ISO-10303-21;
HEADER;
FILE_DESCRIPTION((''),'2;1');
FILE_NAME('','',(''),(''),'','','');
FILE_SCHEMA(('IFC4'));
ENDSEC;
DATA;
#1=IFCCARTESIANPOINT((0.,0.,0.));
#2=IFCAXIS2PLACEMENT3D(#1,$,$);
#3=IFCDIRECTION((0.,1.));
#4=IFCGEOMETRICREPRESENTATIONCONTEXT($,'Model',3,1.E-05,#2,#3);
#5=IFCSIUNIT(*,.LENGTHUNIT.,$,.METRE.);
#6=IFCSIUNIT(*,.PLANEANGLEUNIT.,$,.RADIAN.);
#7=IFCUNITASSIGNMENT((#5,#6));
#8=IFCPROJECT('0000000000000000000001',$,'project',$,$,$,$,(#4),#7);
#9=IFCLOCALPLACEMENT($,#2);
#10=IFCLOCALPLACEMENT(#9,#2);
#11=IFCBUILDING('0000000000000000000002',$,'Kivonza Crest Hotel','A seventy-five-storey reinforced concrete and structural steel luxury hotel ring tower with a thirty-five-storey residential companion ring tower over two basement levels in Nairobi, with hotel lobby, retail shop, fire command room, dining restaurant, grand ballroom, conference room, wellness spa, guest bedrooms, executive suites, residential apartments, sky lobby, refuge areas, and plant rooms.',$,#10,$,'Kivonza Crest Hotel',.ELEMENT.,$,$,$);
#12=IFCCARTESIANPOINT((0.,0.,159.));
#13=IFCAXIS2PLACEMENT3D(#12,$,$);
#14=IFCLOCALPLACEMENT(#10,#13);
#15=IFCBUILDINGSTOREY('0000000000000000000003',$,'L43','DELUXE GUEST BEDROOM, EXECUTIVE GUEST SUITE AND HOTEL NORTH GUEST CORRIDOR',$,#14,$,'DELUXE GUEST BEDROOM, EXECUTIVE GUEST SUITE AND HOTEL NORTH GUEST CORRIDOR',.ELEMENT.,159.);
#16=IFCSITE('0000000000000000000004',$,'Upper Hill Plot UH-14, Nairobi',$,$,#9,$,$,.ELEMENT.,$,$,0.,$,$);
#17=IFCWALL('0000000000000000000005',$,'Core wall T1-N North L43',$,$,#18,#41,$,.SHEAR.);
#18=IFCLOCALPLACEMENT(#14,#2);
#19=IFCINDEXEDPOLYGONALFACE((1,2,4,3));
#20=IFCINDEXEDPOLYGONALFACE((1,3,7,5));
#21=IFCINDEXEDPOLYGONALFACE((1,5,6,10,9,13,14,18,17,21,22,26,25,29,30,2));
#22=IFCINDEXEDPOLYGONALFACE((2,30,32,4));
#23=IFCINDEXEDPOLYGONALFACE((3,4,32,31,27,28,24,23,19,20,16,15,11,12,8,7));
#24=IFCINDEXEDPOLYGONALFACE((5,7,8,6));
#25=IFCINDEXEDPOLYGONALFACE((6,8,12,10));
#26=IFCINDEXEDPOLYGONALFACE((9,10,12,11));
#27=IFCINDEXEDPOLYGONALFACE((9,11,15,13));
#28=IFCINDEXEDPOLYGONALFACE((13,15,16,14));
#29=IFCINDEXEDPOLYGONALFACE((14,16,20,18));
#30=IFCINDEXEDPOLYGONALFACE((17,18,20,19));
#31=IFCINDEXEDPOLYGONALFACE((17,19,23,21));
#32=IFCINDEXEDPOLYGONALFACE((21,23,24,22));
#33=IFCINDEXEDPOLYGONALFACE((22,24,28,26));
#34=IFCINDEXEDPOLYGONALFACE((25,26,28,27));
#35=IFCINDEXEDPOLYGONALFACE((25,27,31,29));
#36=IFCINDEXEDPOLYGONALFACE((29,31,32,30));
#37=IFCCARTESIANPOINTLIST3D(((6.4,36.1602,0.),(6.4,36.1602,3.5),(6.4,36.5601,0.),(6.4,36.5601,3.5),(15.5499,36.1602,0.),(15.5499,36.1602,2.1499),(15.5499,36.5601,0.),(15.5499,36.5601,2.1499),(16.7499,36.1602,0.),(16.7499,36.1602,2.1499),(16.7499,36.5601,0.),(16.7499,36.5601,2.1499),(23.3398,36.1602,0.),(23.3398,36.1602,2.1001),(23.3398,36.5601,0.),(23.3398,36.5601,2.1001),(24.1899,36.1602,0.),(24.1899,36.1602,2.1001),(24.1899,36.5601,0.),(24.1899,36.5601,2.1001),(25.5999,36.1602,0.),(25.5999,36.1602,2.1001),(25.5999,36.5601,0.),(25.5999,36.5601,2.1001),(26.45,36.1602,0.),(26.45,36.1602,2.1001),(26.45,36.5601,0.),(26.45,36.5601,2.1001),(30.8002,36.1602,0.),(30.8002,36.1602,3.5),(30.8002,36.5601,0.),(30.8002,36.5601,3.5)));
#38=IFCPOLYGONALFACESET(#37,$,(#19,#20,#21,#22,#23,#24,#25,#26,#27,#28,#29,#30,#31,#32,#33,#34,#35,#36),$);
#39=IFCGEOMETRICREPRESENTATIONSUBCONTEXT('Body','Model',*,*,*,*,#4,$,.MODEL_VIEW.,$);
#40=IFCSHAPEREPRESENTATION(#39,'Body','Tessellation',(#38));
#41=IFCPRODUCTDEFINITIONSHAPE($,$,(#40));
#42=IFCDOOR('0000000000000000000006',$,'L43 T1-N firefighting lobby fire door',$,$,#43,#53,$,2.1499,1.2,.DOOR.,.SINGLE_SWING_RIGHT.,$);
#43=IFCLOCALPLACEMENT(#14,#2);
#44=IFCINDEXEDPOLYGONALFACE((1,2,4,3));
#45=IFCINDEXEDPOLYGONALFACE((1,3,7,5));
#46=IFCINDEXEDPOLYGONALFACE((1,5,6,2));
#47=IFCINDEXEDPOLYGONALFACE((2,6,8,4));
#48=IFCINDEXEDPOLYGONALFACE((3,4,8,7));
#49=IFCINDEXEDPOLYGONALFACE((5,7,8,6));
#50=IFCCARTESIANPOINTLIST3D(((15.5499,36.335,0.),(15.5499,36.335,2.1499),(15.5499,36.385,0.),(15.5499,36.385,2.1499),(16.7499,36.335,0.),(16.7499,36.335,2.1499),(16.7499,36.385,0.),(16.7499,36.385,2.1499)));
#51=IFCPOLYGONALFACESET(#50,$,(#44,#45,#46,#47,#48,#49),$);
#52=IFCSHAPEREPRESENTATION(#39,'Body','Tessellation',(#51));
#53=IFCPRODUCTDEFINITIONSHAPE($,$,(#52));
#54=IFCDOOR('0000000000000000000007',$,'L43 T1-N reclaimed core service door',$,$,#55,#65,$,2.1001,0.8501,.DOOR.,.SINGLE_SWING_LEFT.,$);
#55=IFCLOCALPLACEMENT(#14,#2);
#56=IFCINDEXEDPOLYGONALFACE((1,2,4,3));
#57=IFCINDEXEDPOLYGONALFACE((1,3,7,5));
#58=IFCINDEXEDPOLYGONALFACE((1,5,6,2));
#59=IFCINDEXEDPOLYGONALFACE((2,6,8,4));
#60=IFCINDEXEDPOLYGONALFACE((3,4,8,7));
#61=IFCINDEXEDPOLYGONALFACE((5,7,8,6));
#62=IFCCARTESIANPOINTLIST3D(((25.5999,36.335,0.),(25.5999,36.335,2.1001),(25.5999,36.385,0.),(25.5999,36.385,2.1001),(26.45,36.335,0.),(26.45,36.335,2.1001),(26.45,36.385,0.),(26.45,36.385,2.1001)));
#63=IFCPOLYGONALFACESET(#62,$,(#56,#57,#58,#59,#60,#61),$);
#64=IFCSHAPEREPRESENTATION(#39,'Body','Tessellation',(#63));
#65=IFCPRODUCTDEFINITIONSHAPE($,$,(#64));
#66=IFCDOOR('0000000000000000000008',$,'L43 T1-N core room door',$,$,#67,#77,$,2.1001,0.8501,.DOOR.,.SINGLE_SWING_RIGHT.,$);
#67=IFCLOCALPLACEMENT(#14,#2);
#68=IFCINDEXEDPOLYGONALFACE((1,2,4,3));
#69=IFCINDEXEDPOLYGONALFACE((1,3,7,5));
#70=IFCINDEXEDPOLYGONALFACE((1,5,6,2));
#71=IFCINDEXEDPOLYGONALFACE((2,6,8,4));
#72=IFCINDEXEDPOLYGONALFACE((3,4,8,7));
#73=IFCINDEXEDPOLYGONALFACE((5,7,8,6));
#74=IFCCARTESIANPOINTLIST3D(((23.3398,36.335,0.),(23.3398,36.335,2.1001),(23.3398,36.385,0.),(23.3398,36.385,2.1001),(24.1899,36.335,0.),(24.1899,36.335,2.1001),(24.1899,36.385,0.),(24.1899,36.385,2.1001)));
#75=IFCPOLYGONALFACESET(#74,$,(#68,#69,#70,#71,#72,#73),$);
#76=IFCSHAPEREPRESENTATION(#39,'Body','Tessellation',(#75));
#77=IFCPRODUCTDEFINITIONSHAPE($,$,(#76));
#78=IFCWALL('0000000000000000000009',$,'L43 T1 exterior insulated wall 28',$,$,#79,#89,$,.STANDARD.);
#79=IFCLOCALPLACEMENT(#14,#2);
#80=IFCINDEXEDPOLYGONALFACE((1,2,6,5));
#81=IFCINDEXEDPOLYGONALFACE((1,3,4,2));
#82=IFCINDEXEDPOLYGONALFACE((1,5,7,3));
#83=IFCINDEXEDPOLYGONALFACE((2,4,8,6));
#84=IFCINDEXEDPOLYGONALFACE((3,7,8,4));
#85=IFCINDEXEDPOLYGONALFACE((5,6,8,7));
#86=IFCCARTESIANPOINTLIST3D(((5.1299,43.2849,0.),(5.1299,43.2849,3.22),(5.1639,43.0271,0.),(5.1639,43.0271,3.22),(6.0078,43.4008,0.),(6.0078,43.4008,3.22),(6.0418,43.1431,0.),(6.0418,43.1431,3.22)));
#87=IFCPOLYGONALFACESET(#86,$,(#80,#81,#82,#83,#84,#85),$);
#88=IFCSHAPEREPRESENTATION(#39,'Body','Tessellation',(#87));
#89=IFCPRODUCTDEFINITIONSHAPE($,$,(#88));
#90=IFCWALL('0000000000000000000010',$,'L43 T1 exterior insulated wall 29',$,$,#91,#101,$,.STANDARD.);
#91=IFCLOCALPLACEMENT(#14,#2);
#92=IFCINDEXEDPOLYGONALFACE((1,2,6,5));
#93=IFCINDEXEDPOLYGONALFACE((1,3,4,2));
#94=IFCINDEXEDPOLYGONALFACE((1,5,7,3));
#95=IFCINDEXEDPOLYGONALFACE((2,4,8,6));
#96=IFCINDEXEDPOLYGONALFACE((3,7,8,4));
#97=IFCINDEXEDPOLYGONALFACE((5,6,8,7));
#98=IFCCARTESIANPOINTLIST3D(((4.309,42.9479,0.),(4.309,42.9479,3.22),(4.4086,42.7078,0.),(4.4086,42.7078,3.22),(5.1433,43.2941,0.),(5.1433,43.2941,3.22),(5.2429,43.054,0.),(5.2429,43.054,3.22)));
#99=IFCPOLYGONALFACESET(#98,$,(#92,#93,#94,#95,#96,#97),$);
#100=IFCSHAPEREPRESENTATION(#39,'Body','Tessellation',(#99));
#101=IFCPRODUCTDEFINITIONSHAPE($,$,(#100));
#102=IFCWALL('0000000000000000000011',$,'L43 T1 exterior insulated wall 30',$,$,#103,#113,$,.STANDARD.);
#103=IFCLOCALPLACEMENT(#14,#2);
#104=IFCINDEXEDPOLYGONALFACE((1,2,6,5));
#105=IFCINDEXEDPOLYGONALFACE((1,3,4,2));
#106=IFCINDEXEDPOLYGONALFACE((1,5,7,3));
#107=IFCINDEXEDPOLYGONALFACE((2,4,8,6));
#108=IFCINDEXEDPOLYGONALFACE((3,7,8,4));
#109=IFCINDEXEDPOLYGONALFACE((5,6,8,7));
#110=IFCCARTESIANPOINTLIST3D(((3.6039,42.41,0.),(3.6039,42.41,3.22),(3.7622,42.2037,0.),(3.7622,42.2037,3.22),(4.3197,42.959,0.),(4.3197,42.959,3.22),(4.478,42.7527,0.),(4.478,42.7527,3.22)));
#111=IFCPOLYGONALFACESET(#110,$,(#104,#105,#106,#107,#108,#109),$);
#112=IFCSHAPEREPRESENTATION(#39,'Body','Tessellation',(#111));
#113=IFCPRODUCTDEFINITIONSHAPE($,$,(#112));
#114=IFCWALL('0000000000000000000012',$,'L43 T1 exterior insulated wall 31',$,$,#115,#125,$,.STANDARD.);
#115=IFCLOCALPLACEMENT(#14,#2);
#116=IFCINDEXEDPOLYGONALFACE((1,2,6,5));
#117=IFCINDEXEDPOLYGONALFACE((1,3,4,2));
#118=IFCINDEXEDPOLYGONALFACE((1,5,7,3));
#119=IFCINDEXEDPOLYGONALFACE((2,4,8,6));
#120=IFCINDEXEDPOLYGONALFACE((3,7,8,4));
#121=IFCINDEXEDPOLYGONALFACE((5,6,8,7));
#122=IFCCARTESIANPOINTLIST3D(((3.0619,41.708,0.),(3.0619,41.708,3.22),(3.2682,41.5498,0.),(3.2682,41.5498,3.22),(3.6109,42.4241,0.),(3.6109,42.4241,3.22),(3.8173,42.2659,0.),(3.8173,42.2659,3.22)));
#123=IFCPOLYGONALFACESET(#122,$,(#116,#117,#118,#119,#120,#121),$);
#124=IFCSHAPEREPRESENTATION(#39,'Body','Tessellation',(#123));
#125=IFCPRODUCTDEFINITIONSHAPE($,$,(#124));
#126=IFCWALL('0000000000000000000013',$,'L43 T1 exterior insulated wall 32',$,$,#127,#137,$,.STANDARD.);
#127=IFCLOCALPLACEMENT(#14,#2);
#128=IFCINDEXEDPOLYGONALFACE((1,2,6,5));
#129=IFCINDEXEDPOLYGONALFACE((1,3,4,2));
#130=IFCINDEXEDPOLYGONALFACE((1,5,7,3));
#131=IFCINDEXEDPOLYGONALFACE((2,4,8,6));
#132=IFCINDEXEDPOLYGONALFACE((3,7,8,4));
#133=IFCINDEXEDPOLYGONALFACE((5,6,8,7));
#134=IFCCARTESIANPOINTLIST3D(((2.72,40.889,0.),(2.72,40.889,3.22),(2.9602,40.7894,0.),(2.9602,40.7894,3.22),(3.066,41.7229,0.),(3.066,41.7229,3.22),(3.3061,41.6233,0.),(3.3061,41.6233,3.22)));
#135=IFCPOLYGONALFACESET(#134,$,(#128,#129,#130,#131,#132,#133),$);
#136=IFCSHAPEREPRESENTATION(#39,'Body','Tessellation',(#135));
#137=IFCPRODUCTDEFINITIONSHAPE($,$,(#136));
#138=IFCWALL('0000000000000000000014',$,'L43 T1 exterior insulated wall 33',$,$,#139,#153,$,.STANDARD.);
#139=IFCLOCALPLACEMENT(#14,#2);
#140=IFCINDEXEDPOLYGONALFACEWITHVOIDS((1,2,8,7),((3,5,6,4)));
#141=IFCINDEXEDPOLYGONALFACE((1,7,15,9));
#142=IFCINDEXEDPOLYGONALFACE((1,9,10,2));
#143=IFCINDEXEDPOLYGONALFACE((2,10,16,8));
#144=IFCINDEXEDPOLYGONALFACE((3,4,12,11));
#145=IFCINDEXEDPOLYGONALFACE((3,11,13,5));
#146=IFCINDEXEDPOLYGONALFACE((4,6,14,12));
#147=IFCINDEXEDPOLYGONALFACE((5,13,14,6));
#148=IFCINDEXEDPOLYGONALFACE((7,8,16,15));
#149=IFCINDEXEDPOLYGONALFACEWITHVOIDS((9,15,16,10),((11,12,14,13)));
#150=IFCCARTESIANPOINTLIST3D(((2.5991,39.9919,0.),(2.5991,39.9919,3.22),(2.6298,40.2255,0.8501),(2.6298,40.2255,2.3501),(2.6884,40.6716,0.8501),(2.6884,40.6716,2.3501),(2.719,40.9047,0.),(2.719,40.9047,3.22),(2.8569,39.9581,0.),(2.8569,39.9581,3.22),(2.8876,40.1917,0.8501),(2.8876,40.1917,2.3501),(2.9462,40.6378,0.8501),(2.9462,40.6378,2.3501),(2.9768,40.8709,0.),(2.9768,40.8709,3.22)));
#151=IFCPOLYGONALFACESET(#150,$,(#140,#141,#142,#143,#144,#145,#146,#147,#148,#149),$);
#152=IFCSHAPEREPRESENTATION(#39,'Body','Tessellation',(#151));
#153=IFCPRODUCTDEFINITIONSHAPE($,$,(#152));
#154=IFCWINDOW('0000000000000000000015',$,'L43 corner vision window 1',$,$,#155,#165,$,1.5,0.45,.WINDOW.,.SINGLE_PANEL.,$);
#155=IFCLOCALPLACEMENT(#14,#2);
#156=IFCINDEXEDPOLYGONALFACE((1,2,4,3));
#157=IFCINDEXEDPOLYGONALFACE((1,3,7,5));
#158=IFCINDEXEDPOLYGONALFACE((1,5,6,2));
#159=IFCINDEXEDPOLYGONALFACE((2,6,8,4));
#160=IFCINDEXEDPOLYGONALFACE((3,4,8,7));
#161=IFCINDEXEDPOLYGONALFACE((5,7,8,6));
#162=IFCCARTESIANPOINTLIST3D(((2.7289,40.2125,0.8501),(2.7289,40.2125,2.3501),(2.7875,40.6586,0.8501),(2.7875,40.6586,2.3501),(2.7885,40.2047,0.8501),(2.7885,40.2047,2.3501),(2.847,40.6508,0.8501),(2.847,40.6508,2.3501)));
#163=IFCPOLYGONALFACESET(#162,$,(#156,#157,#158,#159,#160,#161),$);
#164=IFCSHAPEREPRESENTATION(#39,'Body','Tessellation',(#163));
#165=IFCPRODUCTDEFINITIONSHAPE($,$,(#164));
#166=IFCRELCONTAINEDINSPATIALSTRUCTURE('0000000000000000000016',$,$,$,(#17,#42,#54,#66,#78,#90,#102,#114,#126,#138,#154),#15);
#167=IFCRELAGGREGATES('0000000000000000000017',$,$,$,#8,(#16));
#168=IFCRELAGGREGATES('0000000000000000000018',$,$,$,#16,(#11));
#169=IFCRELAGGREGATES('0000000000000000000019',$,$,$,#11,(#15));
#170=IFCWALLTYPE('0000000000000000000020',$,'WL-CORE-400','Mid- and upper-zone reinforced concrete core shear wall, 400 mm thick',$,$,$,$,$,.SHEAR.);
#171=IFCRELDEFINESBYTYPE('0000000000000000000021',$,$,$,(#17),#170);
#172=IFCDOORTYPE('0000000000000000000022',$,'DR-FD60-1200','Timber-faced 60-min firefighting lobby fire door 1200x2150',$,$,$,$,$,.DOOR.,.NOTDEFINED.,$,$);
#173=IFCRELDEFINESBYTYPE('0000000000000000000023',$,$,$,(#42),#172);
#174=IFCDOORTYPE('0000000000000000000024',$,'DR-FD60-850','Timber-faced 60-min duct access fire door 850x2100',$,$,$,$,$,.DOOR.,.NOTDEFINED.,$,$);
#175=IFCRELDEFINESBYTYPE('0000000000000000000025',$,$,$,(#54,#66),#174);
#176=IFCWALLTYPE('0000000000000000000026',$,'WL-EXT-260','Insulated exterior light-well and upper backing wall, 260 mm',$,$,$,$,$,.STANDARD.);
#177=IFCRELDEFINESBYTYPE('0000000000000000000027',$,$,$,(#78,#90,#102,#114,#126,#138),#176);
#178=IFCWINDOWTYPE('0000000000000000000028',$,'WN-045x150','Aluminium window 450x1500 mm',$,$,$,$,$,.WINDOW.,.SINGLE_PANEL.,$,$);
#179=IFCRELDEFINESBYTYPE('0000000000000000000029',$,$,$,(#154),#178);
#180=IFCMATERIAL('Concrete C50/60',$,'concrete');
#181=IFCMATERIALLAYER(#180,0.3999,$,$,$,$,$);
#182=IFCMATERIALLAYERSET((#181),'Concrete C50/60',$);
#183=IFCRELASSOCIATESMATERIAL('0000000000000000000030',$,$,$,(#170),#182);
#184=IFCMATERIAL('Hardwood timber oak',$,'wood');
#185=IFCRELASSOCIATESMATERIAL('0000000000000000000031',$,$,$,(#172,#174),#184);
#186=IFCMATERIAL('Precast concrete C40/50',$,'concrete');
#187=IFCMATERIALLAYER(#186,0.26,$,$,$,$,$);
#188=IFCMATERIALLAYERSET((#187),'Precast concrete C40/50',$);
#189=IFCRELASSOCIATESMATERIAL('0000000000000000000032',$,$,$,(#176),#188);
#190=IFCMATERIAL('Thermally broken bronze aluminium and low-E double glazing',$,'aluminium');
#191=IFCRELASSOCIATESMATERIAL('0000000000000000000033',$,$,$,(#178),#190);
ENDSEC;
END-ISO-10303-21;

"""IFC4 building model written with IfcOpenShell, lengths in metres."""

from ifc_helpers import new_model, si_unit, direction, frame, frame_2d, origin, place, context, subcontext, project, spatial, rectangle, extrude, material, layer, layer_set, type_object, element, fill, save


model = new_model("IFC4")

# Units and contexts
model_context = context("Model", 3, precision=1e-05, world=origin(), true_north=direction((0.0, 1.0)))
body_context = subcontext(model_context, "Body", "Model", "MODEL_VIEW")
ifc_project = project(units=[si_unit("LENGTHUNIT", "METRE"), si_unit("PLANEANGLEUNIT", "RADIAN")], contexts=[model_context])

# Site, building, storey
site_placement = place(None, origin())
site = spatial("IfcSite", under=ifc_project, at=site_placement, Name="Upper Hill Plot UH-14, Nairobi", CompositionType="ELEMENT", RefElevation=0.0)
building_placement = place(site_placement, origin())
building = spatial("IfcBuilding", under=site, at=building_placement, Name="Kivonza Crest Hotel", Description="A seventy-five-storey reinforced concrete and structural steel luxury hotel ring tower with a thirty-five-storey residential companion ring tower over two basement levels in Nairobi, with hotel lobby, retail shop, fire command room, dining restaurant, grand ballroom, conference room, wellness spa, guest bedrooms, executive suites, residential apartments, sky lobby, refuge areas, and plant rooms.", LongName="Kivonza Crest Hotel", CompositionType="ELEMENT")
storey_placement = place(building_placement, frame((0.0, 0.0, 159.0)))
storey = spatial("IfcBuildingStorey", under=building, at=storey_placement, Name="L43", Description="DELUXE GUEST BEDROOM, EXECUTIVE GUEST SUITE AND HOTEL NORTH GUEST CORRIDOR", LongName="DELUXE GUEST BEDROOM, EXECUTIVE GUEST SUITE AND HOTEL NORTH GUEST CORRIDOR", CompositionType="ELEMENT", Elevation=159.0)

# Shared definitions
ifc_material_1 = material(Name="Concrete C50/60", Category="concrete")

# Shared definitions
ifc_material_2 = material(Name="Hardwood timber oak", Category="wood")

# Wall, openings, doors
ifc_layer_1 = layer(ifc_material_1, 0.3999)
ifc_layer_set_1 = layer_set([ifc_layer_1], Name="Concrete C50/60")
wall_type_1 = type_object("IfcWallType", Name="WL-CORE-400", Description="Mid- and upper-zone reinforced concrete core shear wall, 400 mm thick", PredefinedType="SHEAR", material=ifc_layer_set_1)
wall_1_placement = place(storey_placement, frame((6.3999, 36.3601, 0.0), z_axis=(0.0, 0.0, 1.0), x_axis=(1.0, 0.0, 0.0)))
wall_1 = element("IfcWall", 1, at=wall_1_placement, inside=storey, type_object=wall_type_1, Name="Core wall T1-N North L43", PredefinedType="SHEAR", context=body_context, shape_type="SweptSolid", body=[
    extrude(rectangle(XDim=24.4001, YDim=0.3999, at=frame_2d((12.2002, 0.0))), origin(), (0.0, 0.0, 1.0), 3.5),
])
opening_1_placement = place(wall_1_placement, frame((9.1499, 0.0, 0.0)))
opening_1 = element("IfcOpeningElement", 2, at=opening_1_placement, cuts=wall_1, PredefinedType="OPENING", context=body_context, shape_type="SweptSolid", body=[
    extrude(rectangle(XDim=1.2, YDim=2.1499, at=frame_2d((0.6001, 1.075))), frame((0.0, 0.21, 0.0), z_axis=(0.0, -1.0, 0.0), x_axis=(1.0, 0.0, 0.0)), (0.0, 0.0, 1.0), 0.4199),
])
opening_2_placement = place(wall_1_placement, frame((19.2, 0.0, 0.0)))
opening_2 = element("IfcOpeningElement", 3, at=opening_2_placement, cuts=wall_1, PredefinedType="OPENING", context=body_context, shape_type="SweptSolid", body=[
    extrude(rectangle(XDim=0.8501, YDim=2.1001, at=frame_2d((0.425, 1.05))), frame((0.0, 0.21, 0.0), z_axis=(0.0, -1.0, 0.0), x_axis=(1.0, 0.0, 0.0)), (0.0, 0.0, 1.0), 0.4199),
])
opening_3_placement = place(wall_1_placement, frame((16.9399, 0.0, 0.0)))
opening_3 = element("IfcOpeningElement", 4, at=opening_3_placement, cuts=wall_1, PredefinedType="OPENING", context=body_context, shape_type="SweptSolid", body=[
    extrude(rectangle(XDim=0.8501, YDim=2.1001, at=frame_2d((0.425, 1.05))), frame((0.0, 0.21, 0.0), z_axis=(0.0, -1.0, 0.0), x_axis=(1.0, 0.0, 0.0)), (0.0, 0.0, 1.0), 0.4199),
])
door_type_1 = type_object("IfcDoorType", Name="DR-FD60-1200", Description="Timber-faced 60-min firefighting lobby fire door 1200x2150", OperationType="NOTDEFINED", PredefinedType="DOOR", material=ifc_material_2)
door_1_placement = place(opening_1_placement, origin())
door_1 = element("IfcDoor", 5, at=door_1_placement, inside=storey, type_object=door_type_1, Name="L43 T1-N firefighting lobby fire door", OperationType="SINGLE_SWING_RIGHT", OverallHeight=2.1499, OverallWidth=1.2, PredefinedType="DOOR", context=body_context, shape_type="SweptSolid", body=[
    extrude(rectangle(XDim=1.2, YDim=2.1499, at=frame_2d((0.6001, 1.075))), frame((0.0, 0.0249, 0.0), z_axis=(0.0, -1.0, 0.0), x_axis=(1.0, 0.0, 0.0)), (0.0, 0.0, 1.0), 0.05),
])
fill(opening_1, door_1)
door_type_2 = type_object("IfcDoorType", Name="DR-FD60-850", Description="Timber-faced 60-min duct access fire door 850x2100", OperationType="NOTDEFINED", PredefinedType="DOOR", material=ifc_material_2)
door_2_placement = place(opening_2_placement, origin())
door_2 = element("IfcDoor", 6, at=door_2_placement, inside=storey, type_object=door_type_2, Name="L43 T1-N reclaimed core service door", OperationType="SINGLE_SWING_LEFT", OverallHeight=2.1001, OverallWidth=0.8501, PredefinedType="DOOR", context=body_context, shape_type="SweptSolid", body=[
    extrude(rectangle(XDim=0.8501, YDim=2.1001, at=frame_2d((0.425, 1.05))), frame((0.0, 0.0249, 0.0), z_axis=(0.0, -1.0, 0.0), x_axis=(1.0, 0.0, 0.0)), (0.0, 0.0, 1.0), 0.05),
])
fill(opening_2, door_2)
door_3_placement = place(opening_3_placement, origin())
door_3 = element("IfcDoor", 7, at=door_3_placement, inside=storey, type_object=door_type_2, Name="L43 T1-N core room door", OperationType="SINGLE_SWING_RIGHT", OverallHeight=2.1001, OverallWidth=0.8501, PredefinedType="DOOR", context=body_context, shape_type="SweptSolid", body=[
    extrude(rectangle(XDim=0.8501, YDim=2.1001, at=frame_2d((0.425, 1.05))), frame((0.0, 0.0249, 0.0), z_axis=(0.0, -1.0, 0.0), x_axis=(1.0, 0.0, 0.0)), (0.0, 0.0, 1.0), 0.05),
])
fill(opening_3, door_3)

# Walls
ifc_material_3 = material(Name="Precast concrete C40/50", Category="concrete")
ifc_layer_2 = layer(ifc_material_3, 0.26)
ifc_layer_set_2 = layer_set([ifc_layer_2], Name="Precast concrete C40/50")
wall_type_2 = type_object("IfcWallType", Name="WL-EXT-260", Description="Insulated exterior light-well and upper backing wall, 260 mm", PredefinedType="STANDARD", material=ifc_layer_set_2)
wall_2_placement = place(storey_placement, frame((6.0249, 43.272, 0.0), z_axis=(0.0, 0.0, 1.0), x_axis=(-0.991388, -0.130954, 0.0)))
element("IfcWall", 8, at=wall_2_placement, inside=storey, type_object=wall_type_2, Name="L43 T1 exterior insulated wall 28", PredefinedType="STANDARD", context=body_context, shape_type="SweptSolid", body=[
    extrude(rectangle(XDim=0.8855, YDim=0.26, at=frame_2d((0.4429, 0.0))), origin(), (0.0, 0.0, 1.0), 3.22),
])
wall_3_placement = place(storey_placement, frame((5.1931, 43.1741, 0.0), z_axis=(0.0, 0.0, 1.0), x_axis=(-0.923628, -0.383291, 0.0)))
element("IfcWall", 9, at=wall_3_placement, inside=storey, type_object=wall_type_2, Name="L43 T1 exterior insulated wall 29", PredefinedType="STANDARD", context=body_context, shape_type="SweptSolid", body=[
    extrude(rectangle(XDim=0.9033, YDim=0.26, at=frame_2d((0.4517, 0.0))), origin(), (0.0, 0.0, 1.0), 3.22),
])
wall_4_placement = place(storey_placement, frame((4.3989, 42.856, 0.0), z_axis=(0.0, 0.0, 1.0), x_axis=(-0.793458, -0.608625, 0.0)))
element("IfcWall", 10, at=wall_4_placement, inside=storey, type_object=wall_type_2, Name="L43 T1 exterior insulated wall 30", PredefinedType="STANDARD", context=body_context, shape_type="SweptSolid", body=[
    extrude(rectangle(XDim=0.9021, YDim=0.26, at=frame_2d((0.4512, 0.0))), origin(), (0.0, 0.0, 1.0), 3.22),
])
wall_5_placement = place(storey_placement, frame((3.7141, 42.345, 0.0), z_axis=(0.0, 0.0, 1.0), x_axis=(-0.608494, -0.793558, 0.0)))
element("IfcWall", 11, at=wall_5_placement, inside=storey, type_object=wall_type_2, Name="L43 T1 exterior insulated wall 31", PredefinedType="STANDARD", context=body_context, shape_type="SweptSolid", body=[
    extrude(rectangle(XDim=0.9023, YDim=0.26, at=frame_2d((0.4512, 0.0))), origin(), (0.0, 0.0, 1.0), 3.22),
])
wall_6_placement = place(storey_placement, frame((3.186, 41.6731, 0.0), z_axis=(0.0, 0.0, 1.0), x_axis=(-0.383156, -0.923684, 0.0)))
element("IfcWall", 12, at=wall_6_placement, inside=storey, type_object=wall_type_2, Name="L43 T1 exterior insulated wall 32", PredefinedType="STANDARD", context=body_context, shape_type="SweptSolid", body=[
    extrude(rectangle(XDim=0.9028, YDim=0.26, at=frame_2d((0.4514, 0.0))), origin(), (0.0, 0.0, 1.0), 3.22),
])

# Wall, opening, window
wall_7_placement = place(storey_placement, frame((2.8479, 40.8879, 0.0), z_axis=(0.0, 0.0, 1.0), x_axis=(-0.130201, -0.991488, 0.0)))
wall_7 = element("IfcWall", 13, at=wall_7_placement, inside=storey, type_object=wall_type_2, Name="L43 T1 exterior insulated wall 33", PredefinedType="STANDARD", context=body_context, shape_type="SweptSolid", body=[
    extrude(rectangle(XDim=0.9207, YDim=0.26, at=frame_2d((0.4604, 0.0))), origin(), (0.0, 0.0, 1.0), 3.22),
])
opening_4_placement = place(wall_7_placement, frame((0.2351, 0.0, 0.8501)))
opening_4 = element("IfcOpeningElement", 14, at=opening_4_placement, cuts=wall_7, PredefinedType="OPENING", context=body_context, shape_type="SweptSolid", body=[
    extrude(rectangle(XDim=0.45, YDim=1.5, at=frame_2d((0.2251, 0.75))), frame((0.0, 0.1401, 0.0), z_axis=(0.0, -1.0, 0.0), x_axis=(1.0, 0.0, 0.0)), (0.0, 0.0, 1.0), 0.28),
])
ifc_material_4 = material(Name="Thermally broken bronze aluminium and low-E double glazing", Category="aluminium")
window_type_1 = type_object("IfcWindowType", Name="WN-045x150", Description="Aluminium window 450x1500 mm", PartitioningType="SINGLE_PANEL", PredefinedType="WINDOW", material=ifc_material_4)
window_1_placement = place(opening_4_placement, origin())
window_1 = element("IfcWindow", 15, at=window_1_placement, inside=storey, type_object=window_type_1, Name="L43 corner vision window 1", OverallHeight=1.5, OverallWidth=0.45, PartitioningType="SINGLE_PANEL", PredefinedType="WINDOW", context=body_context, shape_type="SweptSolid", body=[
    extrude(rectangle(XDim=0.45, YDim=1.5, at=frame_2d((0.2251, 0.75))), frame((0.0, 0.03, 0.0), z_axis=(0.0, -1.0, 0.0), x_axis=(1.0, 0.0, 0.0)), (0.0, 0.0, 1.0), 0.0601),
])
fill(opening_4, window_1)

save(model, "model.ifc")
